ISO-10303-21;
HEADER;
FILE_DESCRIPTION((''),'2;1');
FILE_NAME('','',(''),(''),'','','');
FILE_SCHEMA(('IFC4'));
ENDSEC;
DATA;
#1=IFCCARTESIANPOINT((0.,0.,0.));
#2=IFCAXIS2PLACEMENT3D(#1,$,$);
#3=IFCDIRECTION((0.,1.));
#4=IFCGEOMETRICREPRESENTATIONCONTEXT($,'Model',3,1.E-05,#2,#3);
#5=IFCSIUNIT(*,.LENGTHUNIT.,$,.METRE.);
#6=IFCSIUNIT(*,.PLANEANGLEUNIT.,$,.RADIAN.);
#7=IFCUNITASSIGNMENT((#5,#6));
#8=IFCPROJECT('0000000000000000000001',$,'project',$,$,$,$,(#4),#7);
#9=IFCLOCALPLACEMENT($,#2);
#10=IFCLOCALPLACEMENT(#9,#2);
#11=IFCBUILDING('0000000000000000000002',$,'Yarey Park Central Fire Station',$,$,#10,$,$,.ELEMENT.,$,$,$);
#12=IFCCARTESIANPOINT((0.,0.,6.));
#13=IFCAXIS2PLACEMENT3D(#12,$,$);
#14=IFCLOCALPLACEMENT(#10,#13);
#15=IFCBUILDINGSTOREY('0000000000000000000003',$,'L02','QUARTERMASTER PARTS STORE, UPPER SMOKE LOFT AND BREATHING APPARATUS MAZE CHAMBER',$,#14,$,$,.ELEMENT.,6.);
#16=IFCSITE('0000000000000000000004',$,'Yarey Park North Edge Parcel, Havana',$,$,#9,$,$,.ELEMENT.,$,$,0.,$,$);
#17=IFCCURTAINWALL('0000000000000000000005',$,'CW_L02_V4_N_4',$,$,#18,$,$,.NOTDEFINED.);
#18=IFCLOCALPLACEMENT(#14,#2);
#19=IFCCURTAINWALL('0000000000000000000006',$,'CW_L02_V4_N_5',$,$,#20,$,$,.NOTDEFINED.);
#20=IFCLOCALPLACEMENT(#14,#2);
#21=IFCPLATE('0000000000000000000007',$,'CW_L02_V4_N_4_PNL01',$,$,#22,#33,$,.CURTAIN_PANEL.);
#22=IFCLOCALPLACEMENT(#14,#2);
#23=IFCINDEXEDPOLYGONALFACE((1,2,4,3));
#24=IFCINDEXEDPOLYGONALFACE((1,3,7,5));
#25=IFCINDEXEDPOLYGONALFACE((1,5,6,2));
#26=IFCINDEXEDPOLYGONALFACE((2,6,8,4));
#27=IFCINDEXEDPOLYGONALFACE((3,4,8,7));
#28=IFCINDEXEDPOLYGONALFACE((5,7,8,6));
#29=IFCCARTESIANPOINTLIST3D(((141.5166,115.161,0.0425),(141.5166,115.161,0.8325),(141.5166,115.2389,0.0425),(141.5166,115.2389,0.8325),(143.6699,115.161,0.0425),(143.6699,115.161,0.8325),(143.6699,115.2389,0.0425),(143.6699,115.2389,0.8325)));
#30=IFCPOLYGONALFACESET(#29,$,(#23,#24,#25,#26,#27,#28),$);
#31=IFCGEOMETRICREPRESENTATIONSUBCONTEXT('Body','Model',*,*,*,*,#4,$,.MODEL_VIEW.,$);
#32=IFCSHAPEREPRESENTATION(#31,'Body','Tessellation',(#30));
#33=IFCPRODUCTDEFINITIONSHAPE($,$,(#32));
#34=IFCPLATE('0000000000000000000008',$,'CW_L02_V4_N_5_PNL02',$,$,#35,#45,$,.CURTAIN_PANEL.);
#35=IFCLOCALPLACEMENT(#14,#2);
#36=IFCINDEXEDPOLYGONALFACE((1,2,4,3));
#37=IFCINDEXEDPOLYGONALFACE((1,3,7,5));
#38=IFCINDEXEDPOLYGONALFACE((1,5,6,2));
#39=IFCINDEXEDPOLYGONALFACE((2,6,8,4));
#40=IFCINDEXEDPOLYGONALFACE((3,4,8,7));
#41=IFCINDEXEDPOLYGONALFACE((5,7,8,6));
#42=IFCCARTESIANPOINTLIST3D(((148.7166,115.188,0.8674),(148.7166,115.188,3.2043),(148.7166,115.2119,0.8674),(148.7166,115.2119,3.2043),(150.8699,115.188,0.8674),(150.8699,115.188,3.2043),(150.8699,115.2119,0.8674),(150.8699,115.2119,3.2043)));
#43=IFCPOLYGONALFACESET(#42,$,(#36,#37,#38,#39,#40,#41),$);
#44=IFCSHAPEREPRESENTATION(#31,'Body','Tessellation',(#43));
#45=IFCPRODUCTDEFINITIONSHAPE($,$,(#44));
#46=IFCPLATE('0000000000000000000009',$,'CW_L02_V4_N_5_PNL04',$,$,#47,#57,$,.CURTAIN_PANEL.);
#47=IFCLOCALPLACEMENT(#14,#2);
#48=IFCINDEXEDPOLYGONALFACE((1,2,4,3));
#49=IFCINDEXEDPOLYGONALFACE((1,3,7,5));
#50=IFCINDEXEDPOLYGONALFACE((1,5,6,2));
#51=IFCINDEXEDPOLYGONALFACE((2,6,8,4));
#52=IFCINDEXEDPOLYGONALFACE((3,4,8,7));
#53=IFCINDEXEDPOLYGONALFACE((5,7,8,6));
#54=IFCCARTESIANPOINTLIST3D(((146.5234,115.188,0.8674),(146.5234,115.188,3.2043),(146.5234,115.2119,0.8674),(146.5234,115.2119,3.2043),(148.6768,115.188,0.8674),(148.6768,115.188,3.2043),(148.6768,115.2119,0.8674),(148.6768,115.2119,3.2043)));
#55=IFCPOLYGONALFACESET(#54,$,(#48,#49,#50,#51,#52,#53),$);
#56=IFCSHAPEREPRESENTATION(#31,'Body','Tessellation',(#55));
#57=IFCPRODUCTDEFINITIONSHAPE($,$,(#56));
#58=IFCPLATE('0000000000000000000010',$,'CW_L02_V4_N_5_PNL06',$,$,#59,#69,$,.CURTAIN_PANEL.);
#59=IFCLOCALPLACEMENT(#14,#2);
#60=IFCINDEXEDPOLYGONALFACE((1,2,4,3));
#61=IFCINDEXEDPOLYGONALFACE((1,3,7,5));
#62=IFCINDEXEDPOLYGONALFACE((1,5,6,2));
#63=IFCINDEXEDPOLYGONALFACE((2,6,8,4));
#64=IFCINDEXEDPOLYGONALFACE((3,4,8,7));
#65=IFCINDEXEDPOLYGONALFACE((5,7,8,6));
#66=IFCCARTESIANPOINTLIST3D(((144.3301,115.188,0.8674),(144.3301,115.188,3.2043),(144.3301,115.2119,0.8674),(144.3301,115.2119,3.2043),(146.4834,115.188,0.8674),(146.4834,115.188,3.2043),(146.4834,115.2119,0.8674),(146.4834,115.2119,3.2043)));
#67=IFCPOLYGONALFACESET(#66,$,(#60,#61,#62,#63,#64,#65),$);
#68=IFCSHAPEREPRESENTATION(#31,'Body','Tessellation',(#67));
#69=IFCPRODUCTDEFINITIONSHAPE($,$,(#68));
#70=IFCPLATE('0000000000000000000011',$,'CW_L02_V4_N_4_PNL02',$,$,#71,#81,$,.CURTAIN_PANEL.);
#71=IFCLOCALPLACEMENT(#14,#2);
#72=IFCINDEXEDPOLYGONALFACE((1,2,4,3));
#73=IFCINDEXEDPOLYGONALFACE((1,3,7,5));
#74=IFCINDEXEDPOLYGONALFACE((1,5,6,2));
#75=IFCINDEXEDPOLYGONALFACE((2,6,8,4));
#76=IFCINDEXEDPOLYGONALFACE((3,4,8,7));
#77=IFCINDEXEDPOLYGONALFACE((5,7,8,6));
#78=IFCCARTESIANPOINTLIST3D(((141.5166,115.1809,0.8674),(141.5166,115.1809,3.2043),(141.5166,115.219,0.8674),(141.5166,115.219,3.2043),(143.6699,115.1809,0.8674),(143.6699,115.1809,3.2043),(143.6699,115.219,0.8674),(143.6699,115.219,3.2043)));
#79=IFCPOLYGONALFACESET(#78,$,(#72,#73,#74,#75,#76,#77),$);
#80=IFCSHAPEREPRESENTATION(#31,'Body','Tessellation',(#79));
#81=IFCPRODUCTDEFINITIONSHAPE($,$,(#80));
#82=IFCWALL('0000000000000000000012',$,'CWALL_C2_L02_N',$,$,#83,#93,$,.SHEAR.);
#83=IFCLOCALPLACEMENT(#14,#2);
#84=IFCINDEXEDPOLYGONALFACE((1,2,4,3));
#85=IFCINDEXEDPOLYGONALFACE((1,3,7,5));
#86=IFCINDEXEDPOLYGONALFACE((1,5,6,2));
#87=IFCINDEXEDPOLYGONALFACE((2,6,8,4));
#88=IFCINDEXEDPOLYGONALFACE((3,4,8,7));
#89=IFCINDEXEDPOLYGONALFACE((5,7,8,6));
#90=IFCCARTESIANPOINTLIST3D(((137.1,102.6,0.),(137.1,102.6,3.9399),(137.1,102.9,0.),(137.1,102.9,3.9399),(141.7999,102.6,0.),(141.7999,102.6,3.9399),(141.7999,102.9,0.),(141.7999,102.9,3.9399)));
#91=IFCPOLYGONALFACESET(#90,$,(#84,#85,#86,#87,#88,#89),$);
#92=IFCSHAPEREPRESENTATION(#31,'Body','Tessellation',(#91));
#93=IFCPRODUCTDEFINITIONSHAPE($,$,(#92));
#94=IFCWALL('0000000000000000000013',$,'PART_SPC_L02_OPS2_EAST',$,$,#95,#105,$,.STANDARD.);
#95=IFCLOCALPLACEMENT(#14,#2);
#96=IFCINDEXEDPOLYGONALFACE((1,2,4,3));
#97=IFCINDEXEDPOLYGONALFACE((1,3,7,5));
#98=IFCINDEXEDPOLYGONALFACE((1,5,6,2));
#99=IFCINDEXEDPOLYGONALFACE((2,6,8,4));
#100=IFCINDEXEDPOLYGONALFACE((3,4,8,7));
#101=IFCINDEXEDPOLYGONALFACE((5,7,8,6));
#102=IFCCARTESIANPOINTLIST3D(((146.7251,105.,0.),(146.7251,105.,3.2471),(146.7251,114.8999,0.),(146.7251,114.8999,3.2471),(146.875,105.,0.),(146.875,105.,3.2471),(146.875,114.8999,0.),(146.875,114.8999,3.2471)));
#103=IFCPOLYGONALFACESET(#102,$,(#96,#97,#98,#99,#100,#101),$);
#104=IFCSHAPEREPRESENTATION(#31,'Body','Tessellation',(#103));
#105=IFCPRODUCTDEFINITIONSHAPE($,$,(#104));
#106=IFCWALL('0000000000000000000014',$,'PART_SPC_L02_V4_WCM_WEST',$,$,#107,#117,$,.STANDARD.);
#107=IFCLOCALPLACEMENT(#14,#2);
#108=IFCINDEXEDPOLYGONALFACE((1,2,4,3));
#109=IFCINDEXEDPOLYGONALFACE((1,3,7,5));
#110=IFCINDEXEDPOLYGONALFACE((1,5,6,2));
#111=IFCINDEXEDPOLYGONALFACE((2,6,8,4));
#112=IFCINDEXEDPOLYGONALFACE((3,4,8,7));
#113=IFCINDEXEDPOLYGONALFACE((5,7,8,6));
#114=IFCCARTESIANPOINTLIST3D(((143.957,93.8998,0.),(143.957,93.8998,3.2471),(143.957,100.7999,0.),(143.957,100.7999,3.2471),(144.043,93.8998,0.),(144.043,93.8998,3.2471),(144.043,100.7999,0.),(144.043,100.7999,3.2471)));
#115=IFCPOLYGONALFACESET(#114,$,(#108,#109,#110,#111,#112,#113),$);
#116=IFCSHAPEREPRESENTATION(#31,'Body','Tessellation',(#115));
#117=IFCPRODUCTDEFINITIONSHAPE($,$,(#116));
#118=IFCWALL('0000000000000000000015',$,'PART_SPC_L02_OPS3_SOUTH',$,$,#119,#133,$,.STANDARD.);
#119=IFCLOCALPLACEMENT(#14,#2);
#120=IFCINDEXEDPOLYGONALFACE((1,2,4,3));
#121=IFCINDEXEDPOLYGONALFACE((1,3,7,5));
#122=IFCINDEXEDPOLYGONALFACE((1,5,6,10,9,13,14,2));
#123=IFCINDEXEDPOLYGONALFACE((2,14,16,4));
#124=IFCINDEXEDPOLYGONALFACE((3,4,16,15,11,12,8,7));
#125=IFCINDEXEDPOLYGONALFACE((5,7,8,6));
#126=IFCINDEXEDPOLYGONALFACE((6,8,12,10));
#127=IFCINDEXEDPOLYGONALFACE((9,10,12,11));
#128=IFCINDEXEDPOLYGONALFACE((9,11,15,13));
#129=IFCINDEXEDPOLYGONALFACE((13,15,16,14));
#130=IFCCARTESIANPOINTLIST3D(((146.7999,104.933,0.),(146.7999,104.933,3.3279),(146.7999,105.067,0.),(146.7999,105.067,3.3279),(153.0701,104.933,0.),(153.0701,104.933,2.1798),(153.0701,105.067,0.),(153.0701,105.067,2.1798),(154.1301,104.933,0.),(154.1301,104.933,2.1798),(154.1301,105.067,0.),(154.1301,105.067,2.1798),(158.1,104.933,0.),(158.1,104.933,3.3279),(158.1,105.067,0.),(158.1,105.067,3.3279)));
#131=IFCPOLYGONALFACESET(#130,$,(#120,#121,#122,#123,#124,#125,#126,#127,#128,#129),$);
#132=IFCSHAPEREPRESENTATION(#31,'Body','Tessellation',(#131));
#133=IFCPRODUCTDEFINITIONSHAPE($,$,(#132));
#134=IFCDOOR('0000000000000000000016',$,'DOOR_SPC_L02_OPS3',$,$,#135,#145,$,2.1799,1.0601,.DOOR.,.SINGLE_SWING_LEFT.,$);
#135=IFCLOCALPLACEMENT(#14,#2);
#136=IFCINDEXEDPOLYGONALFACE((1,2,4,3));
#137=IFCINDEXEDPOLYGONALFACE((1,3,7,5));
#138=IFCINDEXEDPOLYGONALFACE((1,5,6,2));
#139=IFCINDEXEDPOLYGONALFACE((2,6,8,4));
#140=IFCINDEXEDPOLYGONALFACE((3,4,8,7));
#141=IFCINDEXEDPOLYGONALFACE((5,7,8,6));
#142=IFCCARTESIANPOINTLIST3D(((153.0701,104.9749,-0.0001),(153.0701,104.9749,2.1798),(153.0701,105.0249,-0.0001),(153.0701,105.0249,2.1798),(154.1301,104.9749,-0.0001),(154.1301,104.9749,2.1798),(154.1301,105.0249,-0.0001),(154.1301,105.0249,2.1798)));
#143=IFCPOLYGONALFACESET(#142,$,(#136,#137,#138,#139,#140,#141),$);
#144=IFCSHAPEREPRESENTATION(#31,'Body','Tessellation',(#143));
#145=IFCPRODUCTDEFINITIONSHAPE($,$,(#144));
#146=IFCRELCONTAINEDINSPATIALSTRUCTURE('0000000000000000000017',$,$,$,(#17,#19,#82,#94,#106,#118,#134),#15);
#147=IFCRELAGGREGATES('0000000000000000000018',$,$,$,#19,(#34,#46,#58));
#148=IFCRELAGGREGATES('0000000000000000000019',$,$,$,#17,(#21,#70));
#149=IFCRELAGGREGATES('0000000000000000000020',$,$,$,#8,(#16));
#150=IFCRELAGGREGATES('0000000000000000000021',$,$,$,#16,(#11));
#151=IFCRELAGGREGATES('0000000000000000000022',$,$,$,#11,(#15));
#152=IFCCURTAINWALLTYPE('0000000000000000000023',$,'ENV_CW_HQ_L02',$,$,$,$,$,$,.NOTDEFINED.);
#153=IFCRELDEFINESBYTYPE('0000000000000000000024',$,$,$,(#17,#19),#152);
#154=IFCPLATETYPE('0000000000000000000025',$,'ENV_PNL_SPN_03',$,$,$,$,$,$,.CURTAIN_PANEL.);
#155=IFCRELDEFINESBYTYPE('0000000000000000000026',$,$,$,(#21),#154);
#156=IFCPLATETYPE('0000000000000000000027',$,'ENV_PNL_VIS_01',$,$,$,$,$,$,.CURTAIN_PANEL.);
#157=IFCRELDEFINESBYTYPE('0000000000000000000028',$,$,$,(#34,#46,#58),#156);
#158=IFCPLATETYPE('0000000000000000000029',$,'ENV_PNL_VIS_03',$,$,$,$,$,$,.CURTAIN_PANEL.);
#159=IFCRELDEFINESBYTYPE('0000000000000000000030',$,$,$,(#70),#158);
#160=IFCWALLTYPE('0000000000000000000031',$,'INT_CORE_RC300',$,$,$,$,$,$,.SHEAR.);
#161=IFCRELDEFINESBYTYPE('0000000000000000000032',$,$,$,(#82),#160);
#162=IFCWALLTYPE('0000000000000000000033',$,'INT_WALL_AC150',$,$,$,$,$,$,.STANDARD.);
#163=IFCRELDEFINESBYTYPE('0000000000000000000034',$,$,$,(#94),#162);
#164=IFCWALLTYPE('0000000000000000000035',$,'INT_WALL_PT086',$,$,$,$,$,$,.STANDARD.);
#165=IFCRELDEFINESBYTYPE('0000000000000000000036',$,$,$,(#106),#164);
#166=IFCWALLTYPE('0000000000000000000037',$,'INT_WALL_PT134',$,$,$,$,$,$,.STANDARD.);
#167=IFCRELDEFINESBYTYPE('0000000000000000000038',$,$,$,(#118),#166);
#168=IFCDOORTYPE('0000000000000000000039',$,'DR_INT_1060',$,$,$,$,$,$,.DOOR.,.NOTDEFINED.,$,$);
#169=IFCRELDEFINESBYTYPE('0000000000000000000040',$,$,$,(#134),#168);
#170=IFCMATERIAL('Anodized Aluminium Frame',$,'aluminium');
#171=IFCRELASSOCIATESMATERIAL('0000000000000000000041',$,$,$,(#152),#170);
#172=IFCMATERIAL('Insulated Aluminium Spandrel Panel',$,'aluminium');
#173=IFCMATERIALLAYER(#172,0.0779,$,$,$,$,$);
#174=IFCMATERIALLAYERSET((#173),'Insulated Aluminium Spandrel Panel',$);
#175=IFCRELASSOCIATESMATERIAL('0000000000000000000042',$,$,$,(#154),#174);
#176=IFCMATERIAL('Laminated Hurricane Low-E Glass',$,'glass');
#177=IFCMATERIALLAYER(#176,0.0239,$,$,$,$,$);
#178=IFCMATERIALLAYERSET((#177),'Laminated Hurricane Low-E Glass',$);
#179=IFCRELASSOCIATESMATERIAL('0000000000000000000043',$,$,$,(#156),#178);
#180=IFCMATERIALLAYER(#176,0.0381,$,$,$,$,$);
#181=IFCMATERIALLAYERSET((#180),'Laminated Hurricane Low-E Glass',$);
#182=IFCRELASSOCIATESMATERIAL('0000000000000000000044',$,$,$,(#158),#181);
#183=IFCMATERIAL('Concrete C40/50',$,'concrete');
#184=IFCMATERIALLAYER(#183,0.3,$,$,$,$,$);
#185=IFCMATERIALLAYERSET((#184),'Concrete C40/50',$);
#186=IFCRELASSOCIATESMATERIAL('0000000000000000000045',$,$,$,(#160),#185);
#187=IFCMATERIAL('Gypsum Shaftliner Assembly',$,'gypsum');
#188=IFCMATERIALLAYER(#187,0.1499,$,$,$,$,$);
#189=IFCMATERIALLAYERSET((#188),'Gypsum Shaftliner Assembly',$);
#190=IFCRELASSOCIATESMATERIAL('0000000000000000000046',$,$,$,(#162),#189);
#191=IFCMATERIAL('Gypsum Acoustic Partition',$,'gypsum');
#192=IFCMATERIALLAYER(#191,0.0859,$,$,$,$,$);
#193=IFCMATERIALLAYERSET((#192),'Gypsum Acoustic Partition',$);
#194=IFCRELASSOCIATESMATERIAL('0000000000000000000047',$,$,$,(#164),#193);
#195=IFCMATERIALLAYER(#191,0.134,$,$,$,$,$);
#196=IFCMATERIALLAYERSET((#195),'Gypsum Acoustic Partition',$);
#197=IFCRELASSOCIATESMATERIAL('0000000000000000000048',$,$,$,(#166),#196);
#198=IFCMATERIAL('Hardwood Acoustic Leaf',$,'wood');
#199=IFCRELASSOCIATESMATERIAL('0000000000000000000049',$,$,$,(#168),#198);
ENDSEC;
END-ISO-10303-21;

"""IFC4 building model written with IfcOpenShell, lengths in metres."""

from ifc_helpers import new_model, si_unit, direction, frame, frame_2d, origin, origin_2d, place, context, subcontext, project, spatial, rectangle, extrude, material, layer, layer_set, type_object, element, fill, aggregate, save


model = new_model("IFC4")

# Units and contexts
model_context = context("Model", 3, precision=1e-05, world=origin(), true_north=direction((0.0, 1.0)))
body_context = subcontext(model_context, "Body", "Model", "MODEL_VIEW")
ifc_project = project(units=[si_unit("LENGTHUNIT", "METRE"), si_unit("PLANEANGLEUNIT", "RADIAN")], contexts=[model_context])

# Site, building, storey
site_placement = place(None, origin())
site = spatial("IfcSite", under=ifc_project, at=site_placement, Name="Yarey Park North Edge Parcel, Havana", CompositionType="ELEMENT", RefElevation=0.0)
building_placement = place(site_placement, origin())
building = spatial("IfcBuilding", under=site, at=building_placement, Name="Yarey Park Central Fire Station", CompositionType="ELEMENT")
storey_placement = place(building_placement, frame((0.0, 0.0, 6.0)))
storey = spatial("IfcBuildingStorey", under=building, at=storey_placement, Name="L02", Description="QUARTERMASTER PARTS STORE, UPPER SMOKE LOFT AND BREATHING APPARATUS MAZE CHAMBER", CompositionType="ELEMENT", Elevation=6.0)

# Shared definitions
ifc_material_1 = material(Name="Concrete C40/50", Category="concrete")

# Curtain walls
ifc_material_2 = material(Name="Anodized Aluminium Frame", Category="aluminium")
curtain_wall_type = type_object("IfcCurtainWallType", Name="ENV_CW_HQ_L02", PredefinedType="NOTDEFINED", material=ifc_material_2)
curtain_wall_1_placement = place(storey_placement, origin())
curtain_wall_1 = element("IfcCurtainWall", 1, at=curtain_wall_1_placement, inside=storey, type_object=curtain_wall_type, Name="CW_L02_V4_N_4", PredefinedType="NOTDEFINED")
curtain_wall_2_placement = place(storey_placement, origin())
curtain_wall_2 = element("IfcCurtainWall", 2, at=curtain_wall_2_placement, inside=storey, type_object=curtain_wall_type, Name="CW_L02_V4_N_5", PredefinedType="NOTDEFINED")

# Plates
ifc_material_3 = material(Name="Insulated Aluminium Spandrel Panel", Category="aluminium")
ifc_layer_1 = layer(ifc_material_3, 0.0779)
ifc_layer_set_1 = layer_set([ifc_layer_1], Name="Insulated Aluminium Spandrel Panel")
plate_type_1 = type_object("IfcPlateType", Name="ENV_PNL_SPN_03", PredefinedType="CURTAIN_PANEL", material=ifc_layer_set_1)
plate_1_placement = place(storey_placement, frame((142.5933, 115.2, 0.0425), z_axis=(0.0, 0.0, 1.0), x_axis=(-1.0, 0.0, 0.0)))
plate_1 = element("IfcPlate", 3, at=plate_1_placement, type_object=plate_type_1, Name="CW_L02_V4_N_4_PNL01", PredefinedType="CURTAIN_PANEL", context=body_context, shape_type="SweptSolid", body=[
    extrude(rectangle(XDim=2.1533, YDim=0.0779, at=origin_2d()), origin(), (0.0, 0.0, 1.0), 0.79),
])
ifc_material_4 = material(Name="Laminated Hurricane Low-E Glass", Category="glass")
ifc_layer_2 = layer(ifc_material_4, 0.0239)
ifc_layer_set_2 = layer_set([ifc_layer_2], Name="Laminated Hurricane Low-E Glass")
plate_type_2 = type_object("IfcPlateType", Name="ENV_PNL_VIS_01", PredefinedType="CURTAIN_PANEL", material=ifc_layer_set_2)
plate_2_placement = place(storey_placement, frame((149.7932, 115.2, 0.8674), z_axis=(0.0, 0.0, 1.0), x_axis=(-1.0, 0.0, 0.0)))
plate_2 = element("IfcPlate", 4, at=plate_2_placement, type_object=plate_type_2, Name="CW_L02_V4_N_5_PNL02", PredefinedType="CURTAIN_PANEL", context=body_context, shape_type="SweptSolid", body=[
    extrude(rectangle(XDim=2.1533, YDim=0.0239, at=origin_2d()), origin(), (0.0, 0.0, 1.0), 2.3369),
])
plate_3_placement = place(storey_placement, frame((147.6001, 115.2, 0.8674), z_axis=(0.0, 0.0, 1.0), x_axis=(-1.0, 0.0, 0.0)))
plate_3 = element("IfcPlate", 5, at=plate_3_placement, type_object=plate_type_2, Name="CW_L02_V4_N_5_PNL04", PredefinedType="CURTAIN_PANEL", context=body_context, shape_type="SweptSolid", body=[
    extrude(rectangle(XDim=2.1533, YDim=0.0239, at=origin_2d()), origin(), (0.0, 0.0, 1.0), 2.3369),
])
plate_4_placement = place(storey_placement, frame((145.4067, 115.2, 0.8674), z_axis=(0.0, 0.0, 1.0), x_axis=(-1.0, 0.0, 0.0)))
plate_4 = element("IfcPlate", 6, at=plate_4_placement, type_object=plate_type_2, Name="CW_L02_V4_N_5_PNL06", PredefinedType="CURTAIN_PANEL", context=body_context, shape_type="SweptSolid", body=[
    extrude(rectangle(XDim=2.1533, YDim=0.0239, at=origin_2d()), origin(), (0.0, 0.0, 1.0), 2.3369),
])
aggregate(curtain_wall_2, [plate_2, plate_3, plate_4])
ifc_layer_3 = layer(ifc_material_4, 0.0381)
ifc_layer_set_3 = layer_set([ifc_layer_3], Name="Laminated Hurricane Low-E Glass")
plate_type_3 = type_object("IfcPlateType", Name="ENV_PNL_VIS_03", PredefinedType="CURTAIN_PANEL", material=ifc_layer_set_3)
plate_5_placement = place(storey_placement, frame((142.5933, 115.2, 0.8674), z_axis=(0.0, 0.0, 1.0), x_axis=(-1.0, 0.0, 0.0)))
plate_5 = element("IfcPlate", 7, at=plate_5_placement, type_object=plate_type_3, Name="CW_L02_V4_N_4_PNL02", PredefinedType="CURTAIN_PANEL", context=body_context, shape_type="SweptSolid", body=[
    extrude(rectangle(XDim=2.1533, YDim=0.0381, at=origin_2d()), origin(), (0.0, 0.0, 1.0), 2.3369),
])
aggregate(curtain_wall_1, [plate_1, plate_5])

# Walls
ifc_layer_4 = layer(ifc_material_1, 0.3)
ifc_layer_set_4 = layer_set([ifc_layer_4], Name="Concrete C40/50")
wall_type_1 = type_object("IfcWallType", Name="INT_CORE_RC300", PredefinedType="SHEAR", material=ifc_layer_set_4)
wall_1_placement = place(storey_placement, frame((141.8, 102.75, 0.0), z_axis=(0.0, 0.0, 1.0), x_axis=(-1.0, 0.0, 0.0)))
element("IfcWall", 8, at=wall_1_placement, inside=storey, type_object=wall_type_1, Name="CWALL_C2_L02_N", PredefinedType="SHEAR", context=body_context, shape_type="SweptSolid", body=[
    extrude(rectangle(XDim=4.7, YDim=0.3, at=frame_2d((2.3501, 0.0))), origin(), (0.0, 0.0, 1.0), 3.9399),
])
ifc_material_5 = material(Name="Gypsum Shaftliner Assembly", Category="gypsum")
ifc_layer_5 = layer(ifc_material_5, 0.1499)
ifc_layer_set_5 = layer_set([ifc_layer_5], Name="Gypsum Shaftliner Assembly")
wall_type_2 = type_object("IfcWallType", Name="INT_WALL_AC150", PredefinedType="STANDARD", material=ifc_layer_set_5)
wall_2_placement = place(storey_placement, frame((146.8, 105.0, 0.0), z_axis=(0.0, 0.0, 1.0), x_axis=(0.0, 1.0, 0.0)))
element("IfcWall", 9, at=wall_2_placement, inside=storey, type_object=wall_type_2, Name="PART_SPC_L02_OPS2_EAST", PredefinedType="STANDARD", context=body_context, shape_type="SweptSolid", body=[
    extrude(rectangle(XDim=9.8999, YDim=0.1499, at=frame_2d((4.95, 0.0))), origin(), (0.0, 0.0, 1.0), 3.2471),
])
ifc_material_6 = material(Name="Gypsum Acoustic Partition", Category="gypsum")
ifc_layer_6 = layer(ifc_material_6, 0.0859)
ifc_layer_set_6 = layer_set([ifc_layer_6], Name="Gypsum Acoustic Partition")
wall_type_3 = type_object("IfcWallType", Name="INT_WALL_PT086", PredefinedType="STANDARD", material=ifc_layer_set_6)
wall_3_placement = place(storey_placement, frame((144.0, 100.8, 0.0), z_axis=(0.0, 0.0, 1.0), x_axis=(0.0, -1.0, 0.0)))
element("IfcWall", 10, at=wall_3_placement, inside=storey, type_object=wall_type_3, Name="PART_SPC_L02_V4_WCM_WEST", PredefinedType="STANDARD", context=body_context, shape_type="SweptSolid", body=[
    extrude(rectangle(XDim=6.9001, YDim=0.0859, at=frame_2d((3.4502, 0.0))), origin(), (0.0, 0.0, 1.0), 3.2471),
])

# Wall, opening, door
ifc_layer_7 = layer(ifc_material_6, 0.134)
ifc_layer_set_7 = layer_set([ifc_layer_7], Name="Gypsum Acoustic Partition")
wall_type_4 = type_object("IfcWallType", Name="INT_WALL_PT134", PredefinedType="STANDARD", material=ifc_layer_set_7)
wall_4_placement = place(storey_placement, frame((146.8, 105.0, 0.0), z_axis=(0.0, 0.0, 1.0), x_axis=(1.0, 0.0, 0.0)))
wall_4 = element("IfcWall", 11, at=wall_4_placement, inside=storey, type_object=wall_type_4, Name="PART_SPC_L02_OPS3_SOUTH", PredefinedType="STANDARD", context=body_context, shape_type="SweptSolid", body=[
    extrude(rectangle(XDim=11.3, YDim=0.134, at=frame_2d((5.6499, 0.0))), origin(), (0.0, 0.0, 1.0), 3.3279),
])
opening_placement = place(wall_4_placement, frame((6.27, 0.0, 0.0)))
opening = element("IfcOpeningElement", 12, at=opening_placement, cuts=wall_4, PredefinedType="OPENING", context=body_context, shape_type="SweptSolid", body=[
    extrude(rectangle(XDim=1.0601, YDim=2.1799, at=frame_2d((0.53, 1.0898))), frame((0.0, 0.0769, 0.0), z_axis=(0.0, -1.0, 0.0), x_axis=(1.0, 0.0, 0.0)), (0.0, 0.0, 1.0), 0.1541),
])
ifc_material_7 = material(Name="Hardwood Acoustic Leaf", Category="wood")
door_type = type_object("IfcDoorType", Name="DR_INT_1060", OperationType="NOTDEFINED", PredefinedType="DOOR", material=ifc_material_7)
door_placement = place(opening_placement, origin())
door = element("IfcDoor", 13, at=door_placement, inside=storey, type_object=door_type, Name="DOOR_SPC_L02_OPS3", OperationType="SINGLE_SWING_LEFT", OverallHeight=2.1799, OverallWidth=1.0601, PredefinedType="DOOR", context=body_context, shape_type="SweptSolid", body=[
    extrude(rectangle(XDim=1.0601, YDim=2.1799, at=frame_2d((0.53, 1.0898))), frame((0.0, 0.0249, 0.0), z_axis=(0.0, -1.0, 0.0), x_axis=(1.0, 0.0, 0.0)), (0.0, 0.0, 1.0), 0.05),
])
fill(opening, door)

save(model, "model.ifc")
